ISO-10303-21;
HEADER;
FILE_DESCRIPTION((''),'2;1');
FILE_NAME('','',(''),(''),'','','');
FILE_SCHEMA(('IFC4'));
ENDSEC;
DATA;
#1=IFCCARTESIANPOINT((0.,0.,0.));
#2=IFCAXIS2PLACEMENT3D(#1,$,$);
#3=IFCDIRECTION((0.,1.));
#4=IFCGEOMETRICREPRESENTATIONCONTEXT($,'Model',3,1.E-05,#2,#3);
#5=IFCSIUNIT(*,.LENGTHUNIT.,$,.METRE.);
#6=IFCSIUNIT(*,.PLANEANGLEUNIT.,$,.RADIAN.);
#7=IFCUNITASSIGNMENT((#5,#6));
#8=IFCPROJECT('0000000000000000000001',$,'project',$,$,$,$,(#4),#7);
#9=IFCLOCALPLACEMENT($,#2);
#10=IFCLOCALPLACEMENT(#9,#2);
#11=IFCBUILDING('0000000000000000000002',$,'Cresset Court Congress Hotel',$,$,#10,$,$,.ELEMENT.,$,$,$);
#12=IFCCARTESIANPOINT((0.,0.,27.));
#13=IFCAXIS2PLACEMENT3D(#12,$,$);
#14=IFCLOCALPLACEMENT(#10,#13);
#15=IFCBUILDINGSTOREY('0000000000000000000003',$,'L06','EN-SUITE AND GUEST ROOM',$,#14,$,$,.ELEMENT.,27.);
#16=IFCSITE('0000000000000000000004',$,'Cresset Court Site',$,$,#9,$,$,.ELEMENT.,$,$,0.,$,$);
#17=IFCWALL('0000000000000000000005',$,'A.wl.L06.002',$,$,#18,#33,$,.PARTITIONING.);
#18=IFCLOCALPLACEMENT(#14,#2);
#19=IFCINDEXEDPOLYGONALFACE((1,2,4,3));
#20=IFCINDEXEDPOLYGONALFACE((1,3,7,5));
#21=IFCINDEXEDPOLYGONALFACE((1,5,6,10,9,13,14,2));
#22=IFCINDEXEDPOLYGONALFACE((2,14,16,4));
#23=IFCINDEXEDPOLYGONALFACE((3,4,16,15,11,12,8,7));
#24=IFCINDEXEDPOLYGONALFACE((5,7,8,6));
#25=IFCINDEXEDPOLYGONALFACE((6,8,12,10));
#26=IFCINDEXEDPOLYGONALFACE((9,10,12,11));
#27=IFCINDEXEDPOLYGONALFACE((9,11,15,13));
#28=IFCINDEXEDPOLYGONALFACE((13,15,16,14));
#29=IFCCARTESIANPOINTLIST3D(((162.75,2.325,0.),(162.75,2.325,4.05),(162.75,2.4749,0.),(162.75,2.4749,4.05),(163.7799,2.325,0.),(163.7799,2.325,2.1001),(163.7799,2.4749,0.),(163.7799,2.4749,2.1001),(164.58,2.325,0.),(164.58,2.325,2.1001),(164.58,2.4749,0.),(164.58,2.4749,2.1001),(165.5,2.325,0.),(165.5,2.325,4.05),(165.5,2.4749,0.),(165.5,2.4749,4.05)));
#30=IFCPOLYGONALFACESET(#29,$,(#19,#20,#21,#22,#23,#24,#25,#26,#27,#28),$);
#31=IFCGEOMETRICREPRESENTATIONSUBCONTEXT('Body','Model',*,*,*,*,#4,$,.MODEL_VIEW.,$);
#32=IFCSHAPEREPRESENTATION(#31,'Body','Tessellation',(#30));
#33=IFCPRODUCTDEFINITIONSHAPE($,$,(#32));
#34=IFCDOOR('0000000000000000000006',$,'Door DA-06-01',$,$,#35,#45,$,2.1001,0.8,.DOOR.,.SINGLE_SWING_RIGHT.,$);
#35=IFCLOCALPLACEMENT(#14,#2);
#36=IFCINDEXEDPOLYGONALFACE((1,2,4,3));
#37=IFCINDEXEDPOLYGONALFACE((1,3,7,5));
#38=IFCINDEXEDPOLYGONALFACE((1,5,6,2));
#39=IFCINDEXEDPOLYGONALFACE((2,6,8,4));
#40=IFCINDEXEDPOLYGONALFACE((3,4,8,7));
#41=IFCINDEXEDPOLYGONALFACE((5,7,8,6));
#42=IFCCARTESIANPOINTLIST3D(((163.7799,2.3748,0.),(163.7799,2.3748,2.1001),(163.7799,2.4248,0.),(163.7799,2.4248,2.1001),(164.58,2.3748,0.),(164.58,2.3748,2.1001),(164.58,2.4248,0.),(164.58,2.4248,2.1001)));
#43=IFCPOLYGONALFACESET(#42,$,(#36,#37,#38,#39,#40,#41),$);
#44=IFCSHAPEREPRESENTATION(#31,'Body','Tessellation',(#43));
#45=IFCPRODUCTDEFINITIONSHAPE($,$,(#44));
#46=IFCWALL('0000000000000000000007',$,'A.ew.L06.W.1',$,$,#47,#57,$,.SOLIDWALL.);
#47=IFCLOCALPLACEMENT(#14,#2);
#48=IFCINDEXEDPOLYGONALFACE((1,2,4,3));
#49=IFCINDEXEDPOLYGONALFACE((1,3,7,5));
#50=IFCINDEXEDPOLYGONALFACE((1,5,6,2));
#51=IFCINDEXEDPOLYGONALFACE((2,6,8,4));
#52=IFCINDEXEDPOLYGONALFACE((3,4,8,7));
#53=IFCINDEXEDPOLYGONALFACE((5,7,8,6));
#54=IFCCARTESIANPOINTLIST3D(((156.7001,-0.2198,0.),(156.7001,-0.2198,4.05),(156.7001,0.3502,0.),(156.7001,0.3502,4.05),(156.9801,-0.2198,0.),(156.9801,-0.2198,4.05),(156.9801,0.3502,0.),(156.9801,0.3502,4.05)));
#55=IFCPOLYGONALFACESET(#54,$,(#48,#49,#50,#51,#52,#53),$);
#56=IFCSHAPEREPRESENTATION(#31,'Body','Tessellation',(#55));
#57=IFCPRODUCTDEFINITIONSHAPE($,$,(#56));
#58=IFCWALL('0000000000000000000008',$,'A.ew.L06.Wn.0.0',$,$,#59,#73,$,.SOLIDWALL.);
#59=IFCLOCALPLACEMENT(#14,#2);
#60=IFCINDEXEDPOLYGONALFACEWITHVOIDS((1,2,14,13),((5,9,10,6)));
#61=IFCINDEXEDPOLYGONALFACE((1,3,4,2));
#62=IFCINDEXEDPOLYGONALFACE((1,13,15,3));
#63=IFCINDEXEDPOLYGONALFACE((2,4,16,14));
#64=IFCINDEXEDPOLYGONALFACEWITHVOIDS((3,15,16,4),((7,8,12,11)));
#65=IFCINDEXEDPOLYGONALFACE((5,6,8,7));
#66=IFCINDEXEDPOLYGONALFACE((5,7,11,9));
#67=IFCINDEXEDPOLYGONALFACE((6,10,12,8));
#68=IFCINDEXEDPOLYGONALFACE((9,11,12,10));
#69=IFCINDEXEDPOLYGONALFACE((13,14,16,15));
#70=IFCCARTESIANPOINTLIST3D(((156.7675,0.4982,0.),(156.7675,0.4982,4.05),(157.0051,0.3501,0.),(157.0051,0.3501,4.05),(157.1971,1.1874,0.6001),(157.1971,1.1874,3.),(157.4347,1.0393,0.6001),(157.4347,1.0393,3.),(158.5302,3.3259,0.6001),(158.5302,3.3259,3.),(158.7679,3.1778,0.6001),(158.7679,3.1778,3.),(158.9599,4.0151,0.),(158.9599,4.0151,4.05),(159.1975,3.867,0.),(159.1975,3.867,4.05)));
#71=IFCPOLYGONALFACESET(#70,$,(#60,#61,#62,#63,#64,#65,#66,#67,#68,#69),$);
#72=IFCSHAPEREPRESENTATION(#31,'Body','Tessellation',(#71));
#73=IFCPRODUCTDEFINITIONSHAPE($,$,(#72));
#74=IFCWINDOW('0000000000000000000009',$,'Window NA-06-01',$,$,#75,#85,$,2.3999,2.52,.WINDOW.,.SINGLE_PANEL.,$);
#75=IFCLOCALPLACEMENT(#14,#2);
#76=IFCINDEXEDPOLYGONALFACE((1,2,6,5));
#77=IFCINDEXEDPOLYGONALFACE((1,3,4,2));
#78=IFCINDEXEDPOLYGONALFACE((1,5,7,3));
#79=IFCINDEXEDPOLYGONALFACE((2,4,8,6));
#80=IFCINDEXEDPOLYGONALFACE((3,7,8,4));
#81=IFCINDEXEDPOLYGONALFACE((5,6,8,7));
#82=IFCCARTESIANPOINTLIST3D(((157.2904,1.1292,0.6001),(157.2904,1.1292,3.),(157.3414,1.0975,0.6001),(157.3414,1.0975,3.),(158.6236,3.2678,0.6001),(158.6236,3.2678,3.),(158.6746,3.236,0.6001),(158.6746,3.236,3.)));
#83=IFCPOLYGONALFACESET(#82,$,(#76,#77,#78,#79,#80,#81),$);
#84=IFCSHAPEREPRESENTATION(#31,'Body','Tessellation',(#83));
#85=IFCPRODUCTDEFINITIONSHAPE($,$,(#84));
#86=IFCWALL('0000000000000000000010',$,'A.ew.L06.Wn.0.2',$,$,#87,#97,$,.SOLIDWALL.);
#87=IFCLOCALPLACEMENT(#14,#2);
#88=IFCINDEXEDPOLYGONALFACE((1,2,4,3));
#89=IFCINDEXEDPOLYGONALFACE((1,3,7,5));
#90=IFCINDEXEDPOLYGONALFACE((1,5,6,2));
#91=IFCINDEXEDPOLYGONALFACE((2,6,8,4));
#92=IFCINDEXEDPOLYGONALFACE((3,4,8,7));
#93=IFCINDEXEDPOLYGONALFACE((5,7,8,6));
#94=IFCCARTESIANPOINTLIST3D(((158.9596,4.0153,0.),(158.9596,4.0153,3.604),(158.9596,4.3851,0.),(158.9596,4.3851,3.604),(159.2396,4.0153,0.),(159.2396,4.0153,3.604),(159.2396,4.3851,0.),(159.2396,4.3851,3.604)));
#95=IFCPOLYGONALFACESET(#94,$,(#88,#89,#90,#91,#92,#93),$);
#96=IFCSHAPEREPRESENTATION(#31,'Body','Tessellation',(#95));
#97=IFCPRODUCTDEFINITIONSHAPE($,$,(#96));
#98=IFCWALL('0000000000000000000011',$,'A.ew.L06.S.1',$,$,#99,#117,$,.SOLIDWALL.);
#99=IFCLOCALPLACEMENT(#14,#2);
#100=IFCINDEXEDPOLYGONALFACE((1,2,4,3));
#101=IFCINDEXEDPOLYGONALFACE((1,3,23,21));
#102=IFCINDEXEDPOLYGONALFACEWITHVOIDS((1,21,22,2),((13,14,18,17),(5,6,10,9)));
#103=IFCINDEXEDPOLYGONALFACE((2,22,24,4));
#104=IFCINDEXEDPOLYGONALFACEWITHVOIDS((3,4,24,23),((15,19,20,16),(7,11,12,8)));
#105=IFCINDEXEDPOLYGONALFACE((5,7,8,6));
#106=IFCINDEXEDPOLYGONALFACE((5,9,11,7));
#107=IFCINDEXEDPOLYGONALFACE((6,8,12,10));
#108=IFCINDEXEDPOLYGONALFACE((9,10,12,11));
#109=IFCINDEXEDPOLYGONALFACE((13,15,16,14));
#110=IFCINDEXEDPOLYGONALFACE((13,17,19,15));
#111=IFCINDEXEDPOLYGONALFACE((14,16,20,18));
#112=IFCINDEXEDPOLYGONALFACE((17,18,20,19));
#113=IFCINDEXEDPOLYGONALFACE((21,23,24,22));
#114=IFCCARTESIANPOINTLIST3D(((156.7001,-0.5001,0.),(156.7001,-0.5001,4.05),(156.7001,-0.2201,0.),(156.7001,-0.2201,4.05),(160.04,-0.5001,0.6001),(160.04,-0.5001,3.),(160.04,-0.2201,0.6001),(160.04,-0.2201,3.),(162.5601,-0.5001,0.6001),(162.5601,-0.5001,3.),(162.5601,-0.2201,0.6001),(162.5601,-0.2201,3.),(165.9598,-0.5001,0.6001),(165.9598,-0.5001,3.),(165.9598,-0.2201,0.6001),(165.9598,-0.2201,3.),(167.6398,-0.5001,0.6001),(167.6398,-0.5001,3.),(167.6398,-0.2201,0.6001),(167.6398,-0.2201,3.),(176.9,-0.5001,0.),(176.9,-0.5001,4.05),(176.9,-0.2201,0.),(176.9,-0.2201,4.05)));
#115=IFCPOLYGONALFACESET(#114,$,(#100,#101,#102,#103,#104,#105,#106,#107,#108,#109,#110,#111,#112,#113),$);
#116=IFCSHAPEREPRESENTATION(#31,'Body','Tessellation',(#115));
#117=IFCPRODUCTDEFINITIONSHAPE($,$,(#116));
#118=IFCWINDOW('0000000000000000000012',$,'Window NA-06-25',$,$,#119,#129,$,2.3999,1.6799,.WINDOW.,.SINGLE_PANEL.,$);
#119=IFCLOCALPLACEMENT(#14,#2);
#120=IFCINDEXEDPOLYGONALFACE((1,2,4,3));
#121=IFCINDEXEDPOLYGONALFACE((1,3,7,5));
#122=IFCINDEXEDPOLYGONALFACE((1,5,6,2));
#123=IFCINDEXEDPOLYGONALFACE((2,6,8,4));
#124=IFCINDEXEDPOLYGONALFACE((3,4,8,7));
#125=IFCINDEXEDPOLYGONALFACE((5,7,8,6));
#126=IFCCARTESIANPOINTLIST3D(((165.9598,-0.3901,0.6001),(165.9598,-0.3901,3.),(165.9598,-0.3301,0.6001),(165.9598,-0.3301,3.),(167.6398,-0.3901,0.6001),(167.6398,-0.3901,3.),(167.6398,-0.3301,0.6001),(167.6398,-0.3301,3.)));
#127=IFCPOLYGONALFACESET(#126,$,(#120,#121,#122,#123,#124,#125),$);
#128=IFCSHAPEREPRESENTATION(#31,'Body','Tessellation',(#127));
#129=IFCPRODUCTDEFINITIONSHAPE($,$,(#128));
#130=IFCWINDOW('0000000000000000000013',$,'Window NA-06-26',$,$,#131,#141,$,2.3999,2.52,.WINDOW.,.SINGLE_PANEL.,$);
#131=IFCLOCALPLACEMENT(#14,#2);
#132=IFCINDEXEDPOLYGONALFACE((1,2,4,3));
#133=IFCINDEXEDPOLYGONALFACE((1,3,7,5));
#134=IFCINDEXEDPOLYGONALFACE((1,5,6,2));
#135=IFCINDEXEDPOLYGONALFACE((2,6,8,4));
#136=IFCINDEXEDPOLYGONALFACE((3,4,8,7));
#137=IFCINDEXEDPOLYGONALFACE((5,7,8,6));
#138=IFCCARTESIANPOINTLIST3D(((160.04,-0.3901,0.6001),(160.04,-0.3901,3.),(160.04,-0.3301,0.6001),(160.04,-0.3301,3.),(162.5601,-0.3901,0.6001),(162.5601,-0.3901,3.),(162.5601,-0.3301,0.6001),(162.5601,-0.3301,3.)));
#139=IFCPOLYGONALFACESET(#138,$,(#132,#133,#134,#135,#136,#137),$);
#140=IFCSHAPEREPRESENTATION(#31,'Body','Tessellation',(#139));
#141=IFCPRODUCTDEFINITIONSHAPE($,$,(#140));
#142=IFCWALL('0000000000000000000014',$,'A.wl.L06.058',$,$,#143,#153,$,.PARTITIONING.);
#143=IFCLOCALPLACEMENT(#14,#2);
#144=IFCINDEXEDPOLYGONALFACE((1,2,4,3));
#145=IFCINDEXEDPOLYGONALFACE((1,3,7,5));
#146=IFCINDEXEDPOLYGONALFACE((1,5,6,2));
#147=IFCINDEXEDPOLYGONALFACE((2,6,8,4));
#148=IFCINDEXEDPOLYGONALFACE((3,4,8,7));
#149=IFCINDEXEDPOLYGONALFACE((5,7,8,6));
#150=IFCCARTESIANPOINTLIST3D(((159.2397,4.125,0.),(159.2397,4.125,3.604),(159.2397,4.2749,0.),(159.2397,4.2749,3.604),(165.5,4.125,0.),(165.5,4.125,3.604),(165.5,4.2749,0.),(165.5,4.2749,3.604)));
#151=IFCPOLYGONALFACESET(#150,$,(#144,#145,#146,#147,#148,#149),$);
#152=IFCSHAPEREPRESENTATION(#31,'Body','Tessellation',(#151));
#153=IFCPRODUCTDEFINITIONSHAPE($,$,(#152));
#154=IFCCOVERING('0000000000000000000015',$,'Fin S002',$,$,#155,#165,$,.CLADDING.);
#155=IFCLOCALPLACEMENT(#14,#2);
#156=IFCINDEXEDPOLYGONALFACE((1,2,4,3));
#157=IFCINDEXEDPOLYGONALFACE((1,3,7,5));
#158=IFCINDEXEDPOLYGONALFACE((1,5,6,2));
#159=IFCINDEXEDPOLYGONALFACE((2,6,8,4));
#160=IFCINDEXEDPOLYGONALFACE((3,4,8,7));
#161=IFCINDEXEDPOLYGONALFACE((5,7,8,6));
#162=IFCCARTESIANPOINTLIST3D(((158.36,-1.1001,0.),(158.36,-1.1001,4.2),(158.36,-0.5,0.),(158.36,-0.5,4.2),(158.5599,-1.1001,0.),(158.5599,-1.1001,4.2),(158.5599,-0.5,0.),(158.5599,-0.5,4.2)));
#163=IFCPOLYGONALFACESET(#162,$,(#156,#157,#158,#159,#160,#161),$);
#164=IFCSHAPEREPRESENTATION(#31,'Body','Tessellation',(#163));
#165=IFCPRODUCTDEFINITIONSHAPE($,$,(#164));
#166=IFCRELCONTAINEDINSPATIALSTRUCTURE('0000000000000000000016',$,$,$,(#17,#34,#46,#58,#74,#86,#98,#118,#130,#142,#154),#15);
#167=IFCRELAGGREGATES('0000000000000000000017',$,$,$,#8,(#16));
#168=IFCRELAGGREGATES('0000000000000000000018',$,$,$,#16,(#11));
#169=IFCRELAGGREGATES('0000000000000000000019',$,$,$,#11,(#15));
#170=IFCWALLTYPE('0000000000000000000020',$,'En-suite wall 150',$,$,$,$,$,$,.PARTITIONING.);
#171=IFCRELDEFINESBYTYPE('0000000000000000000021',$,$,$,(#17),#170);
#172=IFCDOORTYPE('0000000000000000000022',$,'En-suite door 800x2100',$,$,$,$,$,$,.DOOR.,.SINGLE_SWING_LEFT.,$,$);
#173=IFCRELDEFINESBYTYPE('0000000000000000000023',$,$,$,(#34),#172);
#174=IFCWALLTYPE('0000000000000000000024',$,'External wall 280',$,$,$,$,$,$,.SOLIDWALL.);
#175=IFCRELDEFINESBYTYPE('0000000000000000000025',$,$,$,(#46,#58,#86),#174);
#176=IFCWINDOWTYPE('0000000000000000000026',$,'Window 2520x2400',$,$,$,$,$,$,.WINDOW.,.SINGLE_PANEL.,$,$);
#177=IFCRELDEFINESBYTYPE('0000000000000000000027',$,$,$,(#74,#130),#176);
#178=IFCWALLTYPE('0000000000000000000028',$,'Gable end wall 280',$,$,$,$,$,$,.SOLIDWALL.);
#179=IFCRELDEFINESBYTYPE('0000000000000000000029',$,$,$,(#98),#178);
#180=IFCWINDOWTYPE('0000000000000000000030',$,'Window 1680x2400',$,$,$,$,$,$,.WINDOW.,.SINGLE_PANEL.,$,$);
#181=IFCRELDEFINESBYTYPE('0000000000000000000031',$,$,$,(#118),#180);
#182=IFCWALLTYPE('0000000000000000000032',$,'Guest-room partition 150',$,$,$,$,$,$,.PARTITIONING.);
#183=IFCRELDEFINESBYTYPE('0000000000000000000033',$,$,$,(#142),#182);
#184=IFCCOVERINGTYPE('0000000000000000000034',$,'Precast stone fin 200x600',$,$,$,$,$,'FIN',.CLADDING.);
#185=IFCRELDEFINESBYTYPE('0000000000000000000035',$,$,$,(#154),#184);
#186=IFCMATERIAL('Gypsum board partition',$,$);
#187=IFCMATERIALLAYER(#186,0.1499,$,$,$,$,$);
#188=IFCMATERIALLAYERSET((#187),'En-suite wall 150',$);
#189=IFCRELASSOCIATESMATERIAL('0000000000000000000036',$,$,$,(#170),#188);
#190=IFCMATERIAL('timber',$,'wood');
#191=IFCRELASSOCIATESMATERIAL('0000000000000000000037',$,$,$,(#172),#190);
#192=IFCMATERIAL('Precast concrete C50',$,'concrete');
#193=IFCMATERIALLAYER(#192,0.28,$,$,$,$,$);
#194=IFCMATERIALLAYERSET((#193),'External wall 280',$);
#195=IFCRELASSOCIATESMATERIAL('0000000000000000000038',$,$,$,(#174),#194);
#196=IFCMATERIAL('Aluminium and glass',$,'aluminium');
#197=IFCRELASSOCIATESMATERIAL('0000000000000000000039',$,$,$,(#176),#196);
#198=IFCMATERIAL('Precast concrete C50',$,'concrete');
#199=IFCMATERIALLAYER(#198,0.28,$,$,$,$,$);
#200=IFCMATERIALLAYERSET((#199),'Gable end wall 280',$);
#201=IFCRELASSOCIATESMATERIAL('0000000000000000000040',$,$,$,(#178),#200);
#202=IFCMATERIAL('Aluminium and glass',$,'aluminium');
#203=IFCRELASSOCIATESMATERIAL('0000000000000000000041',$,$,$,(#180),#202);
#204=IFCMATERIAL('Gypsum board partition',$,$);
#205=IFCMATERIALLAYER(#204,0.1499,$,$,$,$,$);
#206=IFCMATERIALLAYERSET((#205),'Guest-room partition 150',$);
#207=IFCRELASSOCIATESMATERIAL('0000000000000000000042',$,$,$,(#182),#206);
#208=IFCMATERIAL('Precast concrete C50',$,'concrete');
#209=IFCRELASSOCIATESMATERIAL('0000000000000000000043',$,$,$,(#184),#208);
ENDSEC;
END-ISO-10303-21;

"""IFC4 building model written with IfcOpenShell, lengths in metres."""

from ifc_helpers import new_model, si_unit, direction, frame, frame_2d, origin, origin_2d, place, context, subcontext, project, spatial, rectangle, extrude, material, layer, layer_set, type_object, element, fill, save


model = new_model("IFC4")

# Units and contexts
model_context = context("Model", 3, precision=1e-05, world=origin(), true_north=direction((0.0, 1.0)))
body_context = subcontext(model_context, "Body", "Model", "MODEL_VIEW")
ifc_project = project(units=[si_unit("LENGTHUNIT", "METRE"), si_unit("PLANEANGLEUNIT", "RADIAN")], contexts=[model_context])

# Site, building, storey
site_placement = place(None, origin())
site = spatial("IfcSite", under=ifc_project, at=site_placement, Name="Cresset Court Site", CompositionType="ELEMENT", RefElevation=0.0)
building_placement = place(site_placement, origin())
building = spatial("IfcBuilding", under=site, at=building_placement, Name="Cresset Court Congress Hotel", CompositionType="ELEMENT")
storey_placement = place(building_placement, frame((0.0, 0.0, 27.0)))
storey = spatial("IfcBuildingStorey", under=building, at=storey_placement, Name="L06", Description="EN-SUITE AND GUEST ROOM", CompositionType="ELEMENT", Elevation=27.0)

# Shared definitions
ifc_material_1 = material(Name="Gypsum board partition")
ifc_layer_1 = layer(ifc_material_1, 0.1499)
ifc_layer_set_1 = layer_set([ifc_layer_1], Name="En-suite wall 150")
wall_type_1 = type_object("IfcWallType", Name="En-suite wall 150", PredefinedType="PARTITIONING", material=ifc_layer_set_1)

# Wall, opening, door
wall_1_placement = place(storey_placement, frame((162.75, 2.3999, 0.0), z_axis=(0.0, 0.0, 1.0), x_axis=(1.0, 0.0, 0.0)))
wall_1 = element("IfcWall", 1, at=wall_1_placement, inside=storey, type_object=wall_type_1, Name="A.wl.L06.002", PredefinedType="PARTITIONING", context=body_context, shape_type="SweptSolid", body=[
    extrude(rectangle(XDim=2.75, YDim=0.1499, at=frame_2d((1.375, 0.0))), origin(), (0.0, 0.0, 1.0), 4.05),
])
opening_1_placement = place(wall_1_placement, frame((1.03, 0.0, 0.0)))
opening_1 = element("IfcOpeningElement", 2, at=opening_1_placement, cuts=wall_1, PredefinedType="OPENING", context=body_context, shape_type="SweptSolid", body=[
    extrude(rectangle(XDim=0.8, YDim=2.1001, at=frame_2d((0.3999, 1.05))), frame((0.0, 0.085, 0.0), z_axis=(0.0, -1.0, 0.0), x_axis=(1.0, 0.0, 0.0)), (0.0, 0.0, 1.0), 0.1699),
])
ifc_material_2 = material(Name="timber", Category="wood")
door_type = type_object("IfcDoorType", Name="En-suite door 800x2100", OperationType="SINGLE_SWING_LEFT", PredefinedType="DOOR", material=ifc_material_2)
door_placement = place(opening_1_placement, origin())
door = element("IfcDoor", 3, at=door_placement, inside=storey, type_object=door_type, Name="Door DA-06-01", OperationType="SINGLE_SWING_RIGHT", OverallHeight=2.1001, OverallWidth=0.8, PredefinedType="DOOR", context=body_context, shape_type="SweptSolid", body=[
    extrude(rectangle(XDim=0.8, YDim=2.1001, at=frame_2d((0.3999, 1.05))), frame((0.0, 0.0249, 0.0), z_axis=(0.0, -1.0, 0.0), x_axis=(1.0, 0.0, 0.0)), (0.0, 0.0, 1.0), 0.05),
])
fill(opening_1, door)

# Wall
ifc_material_3 = material(Name="Precast concrete C50", Category="concrete")
ifc_layer_2 = layer(ifc_material_3, 0.28)
ifc_layer_set_2 = layer_set([ifc_layer_2], Name="External wall 280")
wall_type_2 = type_object("IfcWallType", Name="External wall 280", PredefinedType="SOLIDWALL", material=ifc_layer_set_2)
wall_2_placement = place(storey_placement, frame((156.8401, -0.22, 0.0), z_axis=(0.0, 0.0, 1.0), x_axis=(0.0, 1.0, 0.0)))
element("IfcWall", 4, at=wall_2_placement, inside=storey, type_object=wall_type_2, Name="A.ew.L06.W.1", PredefinedType="SOLIDWALL", context=body_context, shape_type="SweptSolid", body=[
    extrude(rectangle(XDim=0.5701, YDim=0.28, at=frame_2d((0.2852, 0.0))), origin(), (0.0, 0.0, 1.0), 4.05),
])

# Wall, opening, window
wall_3_placement = place(storey_placement, frame((156.8862, 0.4241, 0.0), z_axis=(0.0, 0.0, 1.0), x_axis=(0.529019, 0.84861, 0.0)))
wall_3 = element("IfcWall", 5, at=wall_3_placement, inside=storey, type_object=wall_type_2, Name="A.ew.L06.Wn.0.0", PredefinedType="SOLIDWALL", context=body_context, shape_type="SweptSolid", body=[
    extrude(rectangle(XDim=4.1443, YDim=0.28, at=frame_2d((2.0723, 0.0))), origin(), (0.0, 0.0, 1.0), 4.05),
])
opening_2_placement = place(wall_3_placement, frame((0.8123, 0.0, 0.6001)))
opening_2 = element("IfcOpeningElement", 6, at=opening_2_placement, cuts=wall_3, PredefinedType="OPENING", context=body_context, shape_type="SweptSolid", body=[
    extrude(rectangle(XDim=2.52, YDim=2.3999, at=frame_2d((1.26, 1.2))), frame((0.0, 0.1499, 0.0), z_axis=(0.0, -1.0, 0.0), x_axis=(1.0, 0.0, 0.0)), (0.0, 0.0, 1.0), 0.3),
])
ifc_material_4 = material(Name="Aluminium and glass", Category="aluminium")
window_type_1 = type_object("IfcWindowType", Name="Window 2520x2400", PartitioningType="SINGLE_PANEL", PredefinedType="WINDOW", material=ifc_material_4)
window_1_placement = place(opening_2_placement, origin())
window_1 = element("IfcWindow", 7, at=window_1_placement, inside=storey, type_object=window_type_1, Name="Window NA-06-01", OverallHeight=2.3999, OverallWidth=2.52, PartitioningType="SINGLE_PANEL", PredefinedType="WINDOW", context=body_context, shape_type="SweptSolid", body=[
    extrude(rectangle(XDim=2.52, YDim=2.3999, at=frame_2d((1.26, 1.2))), frame((0.0, 0.03, 0.0), z_axis=(0.0, -1.0, 0.0), x_axis=(1.0, 0.0, 0.0)), (0.0, 0.0, 1.0), 0.0601),
])
fill(opening_2, window_1)

# Wall
wall_4_placement = place(storey_placement, frame((159.0996, 4.0151, 0.0), z_axis=(0.0, 0.0, 1.0), x_axis=(0.0, 1.0, 0.0)))
element("IfcWall", 8, at=wall_4_placement, inside=storey, type_object=wall_type_2, Name="A.ew.L06.Wn.0.2", PredefinedType="SOLIDWALL", context=body_context, shape_type="SweptSolid", body=[
    extrude(rectangle(XDim=0.3699, YDim=0.28, at=frame_2d((0.1851, 0.0))), origin(), (0.0, 0.0, 1.0), 3.604),
])

# Wall, openings, windows
ifc_material_5 = material(Name="Precast concrete C50", Category="concrete")
ifc_layer_3 = layer(ifc_material_5, 0.28)
ifc_layer_set_3 = layer_set([ifc_layer_3], Name="Gable end wall 280")
wall_type_3 = type_object("IfcWallType", Name="Gable end wall 280", PredefinedType="SOLIDWALL", material=ifc_layer_set_3)
wall_5_placement = place(storey_placement, frame((156.7, -0.3601, 0.0), z_axis=(0.0, 0.0, 1.0), x_axis=(1.0, 0.0, 0.0)))
wall_5 = element("IfcWall", 9, at=wall_5_placement, inside=storey, type_object=wall_type_3, Name="A.ew.L06.S.1", PredefinedType="SOLIDWALL", context=body_context, shape_type="SweptSolid", body=[
    extrude(rectangle(XDim=20.2, YDim=0.28, at=frame_2d((10.1001, 0.0))), origin(), (0.0, 0.0, 1.0), 4.05),
])
opening_3_placement = place(wall_5_placement, frame((9.26, 0.0, 0.6001)))
opening_3 = element("IfcOpeningElement", 10, at=opening_3_placement, cuts=wall_5, PredefinedType="OPENING", context=body_context, shape_type="SweptSolid", body=[
    extrude(rectangle(XDim=1.6799, YDim=2.3999, at=frame_2d((0.8398, 1.2))), frame((0.0, 0.1499, 0.0), z_axis=(0.0, -1.0, 0.0), x_axis=(1.0, 0.0, 0.0)), (0.0, 0.0, 1.0), 0.3),
])
opening_4_placement = place(wall_5_placement, frame((3.3401, 0.0, 0.6001)))
opening_4 = element("IfcOpeningElement", 11, at=opening_4_placement, cuts=wall_5, PredefinedType="OPENING", context=body_context, shape_type="SweptSolid", body=[
    extrude(rectangle(XDim=2.52, YDim=2.3999, at=frame_2d((1.26, 1.2))), frame((0.0, 0.1499, 0.0), z_axis=(0.0, -1.0, 0.0), x_axis=(1.0, 0.0, 0.0)), (0.0, 0.0, 1.0), 0.3),
])
ifc_material_6 = material(Name="Aluminium and glass", Category="aluminium")
window_type_2 = type_object("IfcWindowType", Name="Window 1680x2400", PartitioningType="SINGLE_PANEL", PredefinedType="WINDOW", material=ifc_material_6)
window_2_placement = place(opening_3_placement, origin())
window_2 = element("IfcWindow", 12, at=window_2_placement, inside=storey, type_object=window_type_2, Name="Window NA-06-25", OverallHeight=2.3999, OverallWidth=1.6799, PartitioningType="SINGLE_PANEL", PredefinedType="WINDOW", context=body_context, shape_type="SweptSolid", body=[
    extrude(rectangle(XDim=1.6799, YDim=2.3999, at=frame_2d((0.8398, 1.2))), frame((0.0, 0.03, 0.0), z_axis=(0.0, -1.0, 0.0), x_axis=(1.0, 0.0, 0.0)), (0.0, 0.0, 1.0), 0.0601),
])
fill(opening_3, window_2)
window_3_placement = place(opening_4_placement, origin())
window_3 = element("IfcWindow", 13, at=window_3_placement, inside=storey, type_object=window_type_1, Name="Window NA-06-26", OverallHeight=2.3999, OverallWidth=2.52, PartitioningType="SINGLE_PANEL", PredefinedType="WINDOW", context=body_context, shape_type="SweptSolid", body=[
    extrude(rectangle(XDim=2.52, YDim=2.3999, at=frame_2d((1.26, 1.2))), frame((0.0, 0.03, 0.0), z_axis=(0.0, -1.0, 0.0), x_axis=(1.0, 0.0, 0.0)), (0.0, 0.0, 1.0), 0.0601),
])
fill(opening_4, window_3)

# Wall
ifc_material_7 = material(Name="Gypsum board partition")
ifc_layer_4 = layer(ifc_material_7, 0.1499)
ifc_layer_set_4 = layer_set([ifc_layer_4], Name="Guest-room partition 150")
wall_type_4 = type_object("IfcWallType", Name="Guest-room partition 150", PredefinedType="PARTITIONING", material=ifc_layer_set_4)
wall_6_placement = place(storey_placement, frame((159.2397, 4.2, 0.0), z_axis=(0.0, 0.0, 1.0), x_axis=(1.0, 0.0, 0.0)))
element("IfcWall", 14, at=wall_6_placement, inside=storey, type_object=wall_type_4, Name="A.wl.L06.058", PredefinedType="PARTITIONING", context=body_context, shape_type="SweptSolid", body=[
    extrude(rectangle(XDim=6.2603, YDim=0.1499, at=frame_2d((3.1301, 0.0))), origin(), (0.0, 0.0, 1.0), 3.604),
])

# Covering
ifc_material_8 = material(Name="Precast concrete C50", Category="concrete")
covering_type_1 = type_object("IfcCoveringType", Name="Precast stone fin 200x600", ElementType="FIN", PredefinedType="CLADDING", material=ifc_material_8)
for number, where, z_axis, x_axis, name in (
    (15, (158.46, -0.8, 0.0), (0.0, 0.0, 1.0), (1.0, 0.0, 0.0), "Fin S002"),
):
    element("IfcCovering", number, at=place(storey_placement, frame(where, z_axis=z_axis, x_axis=x_axis)), inside=storey, type_object=covering_type_1, Name=name, PredefinedType="CLADDING", context=body_context, shape_type="SweptSolid", body=[
        extrude(rectangle(XDim=0.2, YDim=0.6001, at=origin_2d()), origin(), (0.0, 0.0, 1.0), 4.2),
    ])

save(model, "model.ifc")
